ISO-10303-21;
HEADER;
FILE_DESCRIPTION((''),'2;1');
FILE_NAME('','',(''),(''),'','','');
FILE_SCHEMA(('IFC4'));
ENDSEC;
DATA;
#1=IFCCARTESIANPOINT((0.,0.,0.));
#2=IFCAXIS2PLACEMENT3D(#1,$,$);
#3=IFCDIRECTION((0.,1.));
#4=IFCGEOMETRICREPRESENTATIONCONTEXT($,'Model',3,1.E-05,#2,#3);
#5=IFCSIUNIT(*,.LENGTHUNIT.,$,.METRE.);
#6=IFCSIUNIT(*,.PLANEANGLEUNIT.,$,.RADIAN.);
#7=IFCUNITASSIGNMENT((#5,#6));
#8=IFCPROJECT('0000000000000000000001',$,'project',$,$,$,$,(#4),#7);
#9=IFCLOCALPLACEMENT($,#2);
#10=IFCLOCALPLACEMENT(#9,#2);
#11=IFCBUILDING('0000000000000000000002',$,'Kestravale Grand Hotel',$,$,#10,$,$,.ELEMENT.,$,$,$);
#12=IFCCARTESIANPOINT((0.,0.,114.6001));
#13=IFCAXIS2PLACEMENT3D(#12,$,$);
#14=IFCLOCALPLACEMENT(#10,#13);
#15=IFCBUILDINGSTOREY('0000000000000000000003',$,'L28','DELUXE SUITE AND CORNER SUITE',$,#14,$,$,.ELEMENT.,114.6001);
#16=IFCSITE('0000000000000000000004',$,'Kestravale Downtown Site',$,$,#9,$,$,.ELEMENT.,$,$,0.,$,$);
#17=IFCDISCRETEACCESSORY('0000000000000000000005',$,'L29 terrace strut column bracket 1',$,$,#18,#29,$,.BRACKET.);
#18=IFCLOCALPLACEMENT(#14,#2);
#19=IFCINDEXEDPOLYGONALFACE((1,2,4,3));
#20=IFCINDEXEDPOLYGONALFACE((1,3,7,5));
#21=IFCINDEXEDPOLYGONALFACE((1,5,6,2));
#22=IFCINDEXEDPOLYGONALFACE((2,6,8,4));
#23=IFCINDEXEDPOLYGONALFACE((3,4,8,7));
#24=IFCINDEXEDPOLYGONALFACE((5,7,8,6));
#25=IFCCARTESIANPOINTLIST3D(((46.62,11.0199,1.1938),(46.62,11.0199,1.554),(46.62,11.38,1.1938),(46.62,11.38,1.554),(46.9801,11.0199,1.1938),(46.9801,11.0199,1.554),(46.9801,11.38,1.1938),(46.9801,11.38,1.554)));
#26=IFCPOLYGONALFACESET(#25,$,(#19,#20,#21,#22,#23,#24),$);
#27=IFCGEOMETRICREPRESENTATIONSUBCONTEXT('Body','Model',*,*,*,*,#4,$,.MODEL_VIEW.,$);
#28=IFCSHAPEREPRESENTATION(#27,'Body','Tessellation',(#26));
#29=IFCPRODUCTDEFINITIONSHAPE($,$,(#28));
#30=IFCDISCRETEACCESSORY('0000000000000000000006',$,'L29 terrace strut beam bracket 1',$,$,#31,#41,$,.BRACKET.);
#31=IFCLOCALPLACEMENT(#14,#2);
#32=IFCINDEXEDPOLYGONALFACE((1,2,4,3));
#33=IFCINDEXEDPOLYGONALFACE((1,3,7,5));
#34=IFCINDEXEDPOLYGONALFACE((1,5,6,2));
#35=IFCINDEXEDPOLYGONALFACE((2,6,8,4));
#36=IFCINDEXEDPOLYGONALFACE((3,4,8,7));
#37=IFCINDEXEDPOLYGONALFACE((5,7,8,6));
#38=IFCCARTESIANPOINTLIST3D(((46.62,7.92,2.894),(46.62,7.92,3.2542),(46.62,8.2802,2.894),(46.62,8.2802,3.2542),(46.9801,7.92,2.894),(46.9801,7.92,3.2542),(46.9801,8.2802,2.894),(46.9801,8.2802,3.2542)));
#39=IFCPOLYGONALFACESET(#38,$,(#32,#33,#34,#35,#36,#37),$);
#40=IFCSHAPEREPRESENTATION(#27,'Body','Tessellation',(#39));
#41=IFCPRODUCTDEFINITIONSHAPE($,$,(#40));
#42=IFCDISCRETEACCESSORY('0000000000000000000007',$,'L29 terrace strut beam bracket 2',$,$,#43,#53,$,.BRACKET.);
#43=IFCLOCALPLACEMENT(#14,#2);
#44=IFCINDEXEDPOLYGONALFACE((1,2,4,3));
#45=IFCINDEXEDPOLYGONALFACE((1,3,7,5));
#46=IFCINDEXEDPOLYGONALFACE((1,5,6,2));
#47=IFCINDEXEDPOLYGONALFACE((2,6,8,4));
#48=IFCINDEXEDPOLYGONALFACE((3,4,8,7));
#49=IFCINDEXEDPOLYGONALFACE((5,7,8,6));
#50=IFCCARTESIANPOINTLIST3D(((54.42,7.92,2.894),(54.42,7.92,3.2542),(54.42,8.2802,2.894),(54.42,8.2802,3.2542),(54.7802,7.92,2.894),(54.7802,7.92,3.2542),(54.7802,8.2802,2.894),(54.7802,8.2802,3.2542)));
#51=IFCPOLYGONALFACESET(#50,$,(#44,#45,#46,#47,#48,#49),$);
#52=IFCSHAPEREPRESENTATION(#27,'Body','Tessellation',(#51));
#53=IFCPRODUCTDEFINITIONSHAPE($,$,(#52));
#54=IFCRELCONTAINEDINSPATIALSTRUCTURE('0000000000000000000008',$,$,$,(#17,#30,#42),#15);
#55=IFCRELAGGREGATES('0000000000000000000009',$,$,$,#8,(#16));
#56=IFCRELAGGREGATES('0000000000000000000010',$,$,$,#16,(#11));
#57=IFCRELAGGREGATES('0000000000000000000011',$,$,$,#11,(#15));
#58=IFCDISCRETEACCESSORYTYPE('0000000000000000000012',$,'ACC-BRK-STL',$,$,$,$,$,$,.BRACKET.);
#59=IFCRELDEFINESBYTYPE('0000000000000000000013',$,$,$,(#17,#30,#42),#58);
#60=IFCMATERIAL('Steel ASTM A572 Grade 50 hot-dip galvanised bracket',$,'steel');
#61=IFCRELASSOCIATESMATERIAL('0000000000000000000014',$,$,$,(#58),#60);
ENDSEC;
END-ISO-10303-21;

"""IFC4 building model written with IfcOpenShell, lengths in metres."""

from ifc_helpers import new_model, si_unit, direction, frame, origin, origin_2d, place, context, subcontext, project, spatial, rectangle, extrude, material, type_object, element, save


model = new_model("IFC4")

# Units and contexts
model_context = context("Model", 3, precision=1e-05, world=origin(), true_north=direction((0.0, 1.0)))
body_context = subcontext(model_context, "Body", "Model", "MODEL_VIEW")
ifc_project = project(units=[si_unit("LENGTHUNIT", "METRE"), si_unit("PLANEANGLEUNIT", "RADIAN")], contexts=[model_context])

# Site, building, storey
site_placement = place(None, origin())
site = spatial("IfcSite", under=ifc_project, at=site_placement, Name="Kestravale Downtown Site", CompositionType="ELEMENT", RefElevation=0.0)
building_placement = place(site_placement, origin())
building = spatial("IfcBuilding", under=site, at=building_placement, Name="Kestravale Grand Hotel", CompositionType="ELEMENT")
storey_placement = place(building_placement, frame((0.0, 0.0, 114.6001)))
storey = spatial("IfcBuildingStorey", under=building, at=storey_placement, Name="L28", Description="DELUXE SUITE AND CORNER SUITE", CompositionType="ELEMENT", Elevation=114.6001)

# Discrete accessories
ifc_material_1 = material(Name="Steel ASTM A572 Grade 50 hot-dip galvanised bracket", Category="steel")
discrete_accessory_type = type_object("IfcDiscreteAccessoryType", Name="ACC-BRK-STL", PredefinedType="BRACKET", material=ifc_material_1)
for number, where, z_axis, x_axis, name in (
    (1, (46.8, 11.2, 1.1938), (0.0, 0.0, 1.0), (1.0, 0.0, 0.0), "L29 terrace strut column bracket 1"),
    (2, (46.8, 8.1001, 2.894), (0.0, 0.0, 1.0), (1.0, 0.0, 0.0), "L29 terrace strut beam bracket 1"),
    (3, (54.6001, 8.1001, 2.894), (0.0, 0.0, 1.0), (1.0, 0.0, 0.0), "L29 terrace strut beam bracket 2"),
):
    element("IfcDiscreteAccessory", number, at=place(storey_placement, frame(where, z_axis=z_axis, x_axis=x_axis)), inside=storey, type_object=discrete_accessory_type, Name=name, PredefinedType="BRACKET", context=body_context, shape_type="SweptSolid", body=[
        extrude(rectangle(XDim=0.3601, YDim=0.3601, at=origin_2d()), origin(), (0.0, 0.0, 1.0), 0.3601),
    ])

save(model, "model.ifc")
